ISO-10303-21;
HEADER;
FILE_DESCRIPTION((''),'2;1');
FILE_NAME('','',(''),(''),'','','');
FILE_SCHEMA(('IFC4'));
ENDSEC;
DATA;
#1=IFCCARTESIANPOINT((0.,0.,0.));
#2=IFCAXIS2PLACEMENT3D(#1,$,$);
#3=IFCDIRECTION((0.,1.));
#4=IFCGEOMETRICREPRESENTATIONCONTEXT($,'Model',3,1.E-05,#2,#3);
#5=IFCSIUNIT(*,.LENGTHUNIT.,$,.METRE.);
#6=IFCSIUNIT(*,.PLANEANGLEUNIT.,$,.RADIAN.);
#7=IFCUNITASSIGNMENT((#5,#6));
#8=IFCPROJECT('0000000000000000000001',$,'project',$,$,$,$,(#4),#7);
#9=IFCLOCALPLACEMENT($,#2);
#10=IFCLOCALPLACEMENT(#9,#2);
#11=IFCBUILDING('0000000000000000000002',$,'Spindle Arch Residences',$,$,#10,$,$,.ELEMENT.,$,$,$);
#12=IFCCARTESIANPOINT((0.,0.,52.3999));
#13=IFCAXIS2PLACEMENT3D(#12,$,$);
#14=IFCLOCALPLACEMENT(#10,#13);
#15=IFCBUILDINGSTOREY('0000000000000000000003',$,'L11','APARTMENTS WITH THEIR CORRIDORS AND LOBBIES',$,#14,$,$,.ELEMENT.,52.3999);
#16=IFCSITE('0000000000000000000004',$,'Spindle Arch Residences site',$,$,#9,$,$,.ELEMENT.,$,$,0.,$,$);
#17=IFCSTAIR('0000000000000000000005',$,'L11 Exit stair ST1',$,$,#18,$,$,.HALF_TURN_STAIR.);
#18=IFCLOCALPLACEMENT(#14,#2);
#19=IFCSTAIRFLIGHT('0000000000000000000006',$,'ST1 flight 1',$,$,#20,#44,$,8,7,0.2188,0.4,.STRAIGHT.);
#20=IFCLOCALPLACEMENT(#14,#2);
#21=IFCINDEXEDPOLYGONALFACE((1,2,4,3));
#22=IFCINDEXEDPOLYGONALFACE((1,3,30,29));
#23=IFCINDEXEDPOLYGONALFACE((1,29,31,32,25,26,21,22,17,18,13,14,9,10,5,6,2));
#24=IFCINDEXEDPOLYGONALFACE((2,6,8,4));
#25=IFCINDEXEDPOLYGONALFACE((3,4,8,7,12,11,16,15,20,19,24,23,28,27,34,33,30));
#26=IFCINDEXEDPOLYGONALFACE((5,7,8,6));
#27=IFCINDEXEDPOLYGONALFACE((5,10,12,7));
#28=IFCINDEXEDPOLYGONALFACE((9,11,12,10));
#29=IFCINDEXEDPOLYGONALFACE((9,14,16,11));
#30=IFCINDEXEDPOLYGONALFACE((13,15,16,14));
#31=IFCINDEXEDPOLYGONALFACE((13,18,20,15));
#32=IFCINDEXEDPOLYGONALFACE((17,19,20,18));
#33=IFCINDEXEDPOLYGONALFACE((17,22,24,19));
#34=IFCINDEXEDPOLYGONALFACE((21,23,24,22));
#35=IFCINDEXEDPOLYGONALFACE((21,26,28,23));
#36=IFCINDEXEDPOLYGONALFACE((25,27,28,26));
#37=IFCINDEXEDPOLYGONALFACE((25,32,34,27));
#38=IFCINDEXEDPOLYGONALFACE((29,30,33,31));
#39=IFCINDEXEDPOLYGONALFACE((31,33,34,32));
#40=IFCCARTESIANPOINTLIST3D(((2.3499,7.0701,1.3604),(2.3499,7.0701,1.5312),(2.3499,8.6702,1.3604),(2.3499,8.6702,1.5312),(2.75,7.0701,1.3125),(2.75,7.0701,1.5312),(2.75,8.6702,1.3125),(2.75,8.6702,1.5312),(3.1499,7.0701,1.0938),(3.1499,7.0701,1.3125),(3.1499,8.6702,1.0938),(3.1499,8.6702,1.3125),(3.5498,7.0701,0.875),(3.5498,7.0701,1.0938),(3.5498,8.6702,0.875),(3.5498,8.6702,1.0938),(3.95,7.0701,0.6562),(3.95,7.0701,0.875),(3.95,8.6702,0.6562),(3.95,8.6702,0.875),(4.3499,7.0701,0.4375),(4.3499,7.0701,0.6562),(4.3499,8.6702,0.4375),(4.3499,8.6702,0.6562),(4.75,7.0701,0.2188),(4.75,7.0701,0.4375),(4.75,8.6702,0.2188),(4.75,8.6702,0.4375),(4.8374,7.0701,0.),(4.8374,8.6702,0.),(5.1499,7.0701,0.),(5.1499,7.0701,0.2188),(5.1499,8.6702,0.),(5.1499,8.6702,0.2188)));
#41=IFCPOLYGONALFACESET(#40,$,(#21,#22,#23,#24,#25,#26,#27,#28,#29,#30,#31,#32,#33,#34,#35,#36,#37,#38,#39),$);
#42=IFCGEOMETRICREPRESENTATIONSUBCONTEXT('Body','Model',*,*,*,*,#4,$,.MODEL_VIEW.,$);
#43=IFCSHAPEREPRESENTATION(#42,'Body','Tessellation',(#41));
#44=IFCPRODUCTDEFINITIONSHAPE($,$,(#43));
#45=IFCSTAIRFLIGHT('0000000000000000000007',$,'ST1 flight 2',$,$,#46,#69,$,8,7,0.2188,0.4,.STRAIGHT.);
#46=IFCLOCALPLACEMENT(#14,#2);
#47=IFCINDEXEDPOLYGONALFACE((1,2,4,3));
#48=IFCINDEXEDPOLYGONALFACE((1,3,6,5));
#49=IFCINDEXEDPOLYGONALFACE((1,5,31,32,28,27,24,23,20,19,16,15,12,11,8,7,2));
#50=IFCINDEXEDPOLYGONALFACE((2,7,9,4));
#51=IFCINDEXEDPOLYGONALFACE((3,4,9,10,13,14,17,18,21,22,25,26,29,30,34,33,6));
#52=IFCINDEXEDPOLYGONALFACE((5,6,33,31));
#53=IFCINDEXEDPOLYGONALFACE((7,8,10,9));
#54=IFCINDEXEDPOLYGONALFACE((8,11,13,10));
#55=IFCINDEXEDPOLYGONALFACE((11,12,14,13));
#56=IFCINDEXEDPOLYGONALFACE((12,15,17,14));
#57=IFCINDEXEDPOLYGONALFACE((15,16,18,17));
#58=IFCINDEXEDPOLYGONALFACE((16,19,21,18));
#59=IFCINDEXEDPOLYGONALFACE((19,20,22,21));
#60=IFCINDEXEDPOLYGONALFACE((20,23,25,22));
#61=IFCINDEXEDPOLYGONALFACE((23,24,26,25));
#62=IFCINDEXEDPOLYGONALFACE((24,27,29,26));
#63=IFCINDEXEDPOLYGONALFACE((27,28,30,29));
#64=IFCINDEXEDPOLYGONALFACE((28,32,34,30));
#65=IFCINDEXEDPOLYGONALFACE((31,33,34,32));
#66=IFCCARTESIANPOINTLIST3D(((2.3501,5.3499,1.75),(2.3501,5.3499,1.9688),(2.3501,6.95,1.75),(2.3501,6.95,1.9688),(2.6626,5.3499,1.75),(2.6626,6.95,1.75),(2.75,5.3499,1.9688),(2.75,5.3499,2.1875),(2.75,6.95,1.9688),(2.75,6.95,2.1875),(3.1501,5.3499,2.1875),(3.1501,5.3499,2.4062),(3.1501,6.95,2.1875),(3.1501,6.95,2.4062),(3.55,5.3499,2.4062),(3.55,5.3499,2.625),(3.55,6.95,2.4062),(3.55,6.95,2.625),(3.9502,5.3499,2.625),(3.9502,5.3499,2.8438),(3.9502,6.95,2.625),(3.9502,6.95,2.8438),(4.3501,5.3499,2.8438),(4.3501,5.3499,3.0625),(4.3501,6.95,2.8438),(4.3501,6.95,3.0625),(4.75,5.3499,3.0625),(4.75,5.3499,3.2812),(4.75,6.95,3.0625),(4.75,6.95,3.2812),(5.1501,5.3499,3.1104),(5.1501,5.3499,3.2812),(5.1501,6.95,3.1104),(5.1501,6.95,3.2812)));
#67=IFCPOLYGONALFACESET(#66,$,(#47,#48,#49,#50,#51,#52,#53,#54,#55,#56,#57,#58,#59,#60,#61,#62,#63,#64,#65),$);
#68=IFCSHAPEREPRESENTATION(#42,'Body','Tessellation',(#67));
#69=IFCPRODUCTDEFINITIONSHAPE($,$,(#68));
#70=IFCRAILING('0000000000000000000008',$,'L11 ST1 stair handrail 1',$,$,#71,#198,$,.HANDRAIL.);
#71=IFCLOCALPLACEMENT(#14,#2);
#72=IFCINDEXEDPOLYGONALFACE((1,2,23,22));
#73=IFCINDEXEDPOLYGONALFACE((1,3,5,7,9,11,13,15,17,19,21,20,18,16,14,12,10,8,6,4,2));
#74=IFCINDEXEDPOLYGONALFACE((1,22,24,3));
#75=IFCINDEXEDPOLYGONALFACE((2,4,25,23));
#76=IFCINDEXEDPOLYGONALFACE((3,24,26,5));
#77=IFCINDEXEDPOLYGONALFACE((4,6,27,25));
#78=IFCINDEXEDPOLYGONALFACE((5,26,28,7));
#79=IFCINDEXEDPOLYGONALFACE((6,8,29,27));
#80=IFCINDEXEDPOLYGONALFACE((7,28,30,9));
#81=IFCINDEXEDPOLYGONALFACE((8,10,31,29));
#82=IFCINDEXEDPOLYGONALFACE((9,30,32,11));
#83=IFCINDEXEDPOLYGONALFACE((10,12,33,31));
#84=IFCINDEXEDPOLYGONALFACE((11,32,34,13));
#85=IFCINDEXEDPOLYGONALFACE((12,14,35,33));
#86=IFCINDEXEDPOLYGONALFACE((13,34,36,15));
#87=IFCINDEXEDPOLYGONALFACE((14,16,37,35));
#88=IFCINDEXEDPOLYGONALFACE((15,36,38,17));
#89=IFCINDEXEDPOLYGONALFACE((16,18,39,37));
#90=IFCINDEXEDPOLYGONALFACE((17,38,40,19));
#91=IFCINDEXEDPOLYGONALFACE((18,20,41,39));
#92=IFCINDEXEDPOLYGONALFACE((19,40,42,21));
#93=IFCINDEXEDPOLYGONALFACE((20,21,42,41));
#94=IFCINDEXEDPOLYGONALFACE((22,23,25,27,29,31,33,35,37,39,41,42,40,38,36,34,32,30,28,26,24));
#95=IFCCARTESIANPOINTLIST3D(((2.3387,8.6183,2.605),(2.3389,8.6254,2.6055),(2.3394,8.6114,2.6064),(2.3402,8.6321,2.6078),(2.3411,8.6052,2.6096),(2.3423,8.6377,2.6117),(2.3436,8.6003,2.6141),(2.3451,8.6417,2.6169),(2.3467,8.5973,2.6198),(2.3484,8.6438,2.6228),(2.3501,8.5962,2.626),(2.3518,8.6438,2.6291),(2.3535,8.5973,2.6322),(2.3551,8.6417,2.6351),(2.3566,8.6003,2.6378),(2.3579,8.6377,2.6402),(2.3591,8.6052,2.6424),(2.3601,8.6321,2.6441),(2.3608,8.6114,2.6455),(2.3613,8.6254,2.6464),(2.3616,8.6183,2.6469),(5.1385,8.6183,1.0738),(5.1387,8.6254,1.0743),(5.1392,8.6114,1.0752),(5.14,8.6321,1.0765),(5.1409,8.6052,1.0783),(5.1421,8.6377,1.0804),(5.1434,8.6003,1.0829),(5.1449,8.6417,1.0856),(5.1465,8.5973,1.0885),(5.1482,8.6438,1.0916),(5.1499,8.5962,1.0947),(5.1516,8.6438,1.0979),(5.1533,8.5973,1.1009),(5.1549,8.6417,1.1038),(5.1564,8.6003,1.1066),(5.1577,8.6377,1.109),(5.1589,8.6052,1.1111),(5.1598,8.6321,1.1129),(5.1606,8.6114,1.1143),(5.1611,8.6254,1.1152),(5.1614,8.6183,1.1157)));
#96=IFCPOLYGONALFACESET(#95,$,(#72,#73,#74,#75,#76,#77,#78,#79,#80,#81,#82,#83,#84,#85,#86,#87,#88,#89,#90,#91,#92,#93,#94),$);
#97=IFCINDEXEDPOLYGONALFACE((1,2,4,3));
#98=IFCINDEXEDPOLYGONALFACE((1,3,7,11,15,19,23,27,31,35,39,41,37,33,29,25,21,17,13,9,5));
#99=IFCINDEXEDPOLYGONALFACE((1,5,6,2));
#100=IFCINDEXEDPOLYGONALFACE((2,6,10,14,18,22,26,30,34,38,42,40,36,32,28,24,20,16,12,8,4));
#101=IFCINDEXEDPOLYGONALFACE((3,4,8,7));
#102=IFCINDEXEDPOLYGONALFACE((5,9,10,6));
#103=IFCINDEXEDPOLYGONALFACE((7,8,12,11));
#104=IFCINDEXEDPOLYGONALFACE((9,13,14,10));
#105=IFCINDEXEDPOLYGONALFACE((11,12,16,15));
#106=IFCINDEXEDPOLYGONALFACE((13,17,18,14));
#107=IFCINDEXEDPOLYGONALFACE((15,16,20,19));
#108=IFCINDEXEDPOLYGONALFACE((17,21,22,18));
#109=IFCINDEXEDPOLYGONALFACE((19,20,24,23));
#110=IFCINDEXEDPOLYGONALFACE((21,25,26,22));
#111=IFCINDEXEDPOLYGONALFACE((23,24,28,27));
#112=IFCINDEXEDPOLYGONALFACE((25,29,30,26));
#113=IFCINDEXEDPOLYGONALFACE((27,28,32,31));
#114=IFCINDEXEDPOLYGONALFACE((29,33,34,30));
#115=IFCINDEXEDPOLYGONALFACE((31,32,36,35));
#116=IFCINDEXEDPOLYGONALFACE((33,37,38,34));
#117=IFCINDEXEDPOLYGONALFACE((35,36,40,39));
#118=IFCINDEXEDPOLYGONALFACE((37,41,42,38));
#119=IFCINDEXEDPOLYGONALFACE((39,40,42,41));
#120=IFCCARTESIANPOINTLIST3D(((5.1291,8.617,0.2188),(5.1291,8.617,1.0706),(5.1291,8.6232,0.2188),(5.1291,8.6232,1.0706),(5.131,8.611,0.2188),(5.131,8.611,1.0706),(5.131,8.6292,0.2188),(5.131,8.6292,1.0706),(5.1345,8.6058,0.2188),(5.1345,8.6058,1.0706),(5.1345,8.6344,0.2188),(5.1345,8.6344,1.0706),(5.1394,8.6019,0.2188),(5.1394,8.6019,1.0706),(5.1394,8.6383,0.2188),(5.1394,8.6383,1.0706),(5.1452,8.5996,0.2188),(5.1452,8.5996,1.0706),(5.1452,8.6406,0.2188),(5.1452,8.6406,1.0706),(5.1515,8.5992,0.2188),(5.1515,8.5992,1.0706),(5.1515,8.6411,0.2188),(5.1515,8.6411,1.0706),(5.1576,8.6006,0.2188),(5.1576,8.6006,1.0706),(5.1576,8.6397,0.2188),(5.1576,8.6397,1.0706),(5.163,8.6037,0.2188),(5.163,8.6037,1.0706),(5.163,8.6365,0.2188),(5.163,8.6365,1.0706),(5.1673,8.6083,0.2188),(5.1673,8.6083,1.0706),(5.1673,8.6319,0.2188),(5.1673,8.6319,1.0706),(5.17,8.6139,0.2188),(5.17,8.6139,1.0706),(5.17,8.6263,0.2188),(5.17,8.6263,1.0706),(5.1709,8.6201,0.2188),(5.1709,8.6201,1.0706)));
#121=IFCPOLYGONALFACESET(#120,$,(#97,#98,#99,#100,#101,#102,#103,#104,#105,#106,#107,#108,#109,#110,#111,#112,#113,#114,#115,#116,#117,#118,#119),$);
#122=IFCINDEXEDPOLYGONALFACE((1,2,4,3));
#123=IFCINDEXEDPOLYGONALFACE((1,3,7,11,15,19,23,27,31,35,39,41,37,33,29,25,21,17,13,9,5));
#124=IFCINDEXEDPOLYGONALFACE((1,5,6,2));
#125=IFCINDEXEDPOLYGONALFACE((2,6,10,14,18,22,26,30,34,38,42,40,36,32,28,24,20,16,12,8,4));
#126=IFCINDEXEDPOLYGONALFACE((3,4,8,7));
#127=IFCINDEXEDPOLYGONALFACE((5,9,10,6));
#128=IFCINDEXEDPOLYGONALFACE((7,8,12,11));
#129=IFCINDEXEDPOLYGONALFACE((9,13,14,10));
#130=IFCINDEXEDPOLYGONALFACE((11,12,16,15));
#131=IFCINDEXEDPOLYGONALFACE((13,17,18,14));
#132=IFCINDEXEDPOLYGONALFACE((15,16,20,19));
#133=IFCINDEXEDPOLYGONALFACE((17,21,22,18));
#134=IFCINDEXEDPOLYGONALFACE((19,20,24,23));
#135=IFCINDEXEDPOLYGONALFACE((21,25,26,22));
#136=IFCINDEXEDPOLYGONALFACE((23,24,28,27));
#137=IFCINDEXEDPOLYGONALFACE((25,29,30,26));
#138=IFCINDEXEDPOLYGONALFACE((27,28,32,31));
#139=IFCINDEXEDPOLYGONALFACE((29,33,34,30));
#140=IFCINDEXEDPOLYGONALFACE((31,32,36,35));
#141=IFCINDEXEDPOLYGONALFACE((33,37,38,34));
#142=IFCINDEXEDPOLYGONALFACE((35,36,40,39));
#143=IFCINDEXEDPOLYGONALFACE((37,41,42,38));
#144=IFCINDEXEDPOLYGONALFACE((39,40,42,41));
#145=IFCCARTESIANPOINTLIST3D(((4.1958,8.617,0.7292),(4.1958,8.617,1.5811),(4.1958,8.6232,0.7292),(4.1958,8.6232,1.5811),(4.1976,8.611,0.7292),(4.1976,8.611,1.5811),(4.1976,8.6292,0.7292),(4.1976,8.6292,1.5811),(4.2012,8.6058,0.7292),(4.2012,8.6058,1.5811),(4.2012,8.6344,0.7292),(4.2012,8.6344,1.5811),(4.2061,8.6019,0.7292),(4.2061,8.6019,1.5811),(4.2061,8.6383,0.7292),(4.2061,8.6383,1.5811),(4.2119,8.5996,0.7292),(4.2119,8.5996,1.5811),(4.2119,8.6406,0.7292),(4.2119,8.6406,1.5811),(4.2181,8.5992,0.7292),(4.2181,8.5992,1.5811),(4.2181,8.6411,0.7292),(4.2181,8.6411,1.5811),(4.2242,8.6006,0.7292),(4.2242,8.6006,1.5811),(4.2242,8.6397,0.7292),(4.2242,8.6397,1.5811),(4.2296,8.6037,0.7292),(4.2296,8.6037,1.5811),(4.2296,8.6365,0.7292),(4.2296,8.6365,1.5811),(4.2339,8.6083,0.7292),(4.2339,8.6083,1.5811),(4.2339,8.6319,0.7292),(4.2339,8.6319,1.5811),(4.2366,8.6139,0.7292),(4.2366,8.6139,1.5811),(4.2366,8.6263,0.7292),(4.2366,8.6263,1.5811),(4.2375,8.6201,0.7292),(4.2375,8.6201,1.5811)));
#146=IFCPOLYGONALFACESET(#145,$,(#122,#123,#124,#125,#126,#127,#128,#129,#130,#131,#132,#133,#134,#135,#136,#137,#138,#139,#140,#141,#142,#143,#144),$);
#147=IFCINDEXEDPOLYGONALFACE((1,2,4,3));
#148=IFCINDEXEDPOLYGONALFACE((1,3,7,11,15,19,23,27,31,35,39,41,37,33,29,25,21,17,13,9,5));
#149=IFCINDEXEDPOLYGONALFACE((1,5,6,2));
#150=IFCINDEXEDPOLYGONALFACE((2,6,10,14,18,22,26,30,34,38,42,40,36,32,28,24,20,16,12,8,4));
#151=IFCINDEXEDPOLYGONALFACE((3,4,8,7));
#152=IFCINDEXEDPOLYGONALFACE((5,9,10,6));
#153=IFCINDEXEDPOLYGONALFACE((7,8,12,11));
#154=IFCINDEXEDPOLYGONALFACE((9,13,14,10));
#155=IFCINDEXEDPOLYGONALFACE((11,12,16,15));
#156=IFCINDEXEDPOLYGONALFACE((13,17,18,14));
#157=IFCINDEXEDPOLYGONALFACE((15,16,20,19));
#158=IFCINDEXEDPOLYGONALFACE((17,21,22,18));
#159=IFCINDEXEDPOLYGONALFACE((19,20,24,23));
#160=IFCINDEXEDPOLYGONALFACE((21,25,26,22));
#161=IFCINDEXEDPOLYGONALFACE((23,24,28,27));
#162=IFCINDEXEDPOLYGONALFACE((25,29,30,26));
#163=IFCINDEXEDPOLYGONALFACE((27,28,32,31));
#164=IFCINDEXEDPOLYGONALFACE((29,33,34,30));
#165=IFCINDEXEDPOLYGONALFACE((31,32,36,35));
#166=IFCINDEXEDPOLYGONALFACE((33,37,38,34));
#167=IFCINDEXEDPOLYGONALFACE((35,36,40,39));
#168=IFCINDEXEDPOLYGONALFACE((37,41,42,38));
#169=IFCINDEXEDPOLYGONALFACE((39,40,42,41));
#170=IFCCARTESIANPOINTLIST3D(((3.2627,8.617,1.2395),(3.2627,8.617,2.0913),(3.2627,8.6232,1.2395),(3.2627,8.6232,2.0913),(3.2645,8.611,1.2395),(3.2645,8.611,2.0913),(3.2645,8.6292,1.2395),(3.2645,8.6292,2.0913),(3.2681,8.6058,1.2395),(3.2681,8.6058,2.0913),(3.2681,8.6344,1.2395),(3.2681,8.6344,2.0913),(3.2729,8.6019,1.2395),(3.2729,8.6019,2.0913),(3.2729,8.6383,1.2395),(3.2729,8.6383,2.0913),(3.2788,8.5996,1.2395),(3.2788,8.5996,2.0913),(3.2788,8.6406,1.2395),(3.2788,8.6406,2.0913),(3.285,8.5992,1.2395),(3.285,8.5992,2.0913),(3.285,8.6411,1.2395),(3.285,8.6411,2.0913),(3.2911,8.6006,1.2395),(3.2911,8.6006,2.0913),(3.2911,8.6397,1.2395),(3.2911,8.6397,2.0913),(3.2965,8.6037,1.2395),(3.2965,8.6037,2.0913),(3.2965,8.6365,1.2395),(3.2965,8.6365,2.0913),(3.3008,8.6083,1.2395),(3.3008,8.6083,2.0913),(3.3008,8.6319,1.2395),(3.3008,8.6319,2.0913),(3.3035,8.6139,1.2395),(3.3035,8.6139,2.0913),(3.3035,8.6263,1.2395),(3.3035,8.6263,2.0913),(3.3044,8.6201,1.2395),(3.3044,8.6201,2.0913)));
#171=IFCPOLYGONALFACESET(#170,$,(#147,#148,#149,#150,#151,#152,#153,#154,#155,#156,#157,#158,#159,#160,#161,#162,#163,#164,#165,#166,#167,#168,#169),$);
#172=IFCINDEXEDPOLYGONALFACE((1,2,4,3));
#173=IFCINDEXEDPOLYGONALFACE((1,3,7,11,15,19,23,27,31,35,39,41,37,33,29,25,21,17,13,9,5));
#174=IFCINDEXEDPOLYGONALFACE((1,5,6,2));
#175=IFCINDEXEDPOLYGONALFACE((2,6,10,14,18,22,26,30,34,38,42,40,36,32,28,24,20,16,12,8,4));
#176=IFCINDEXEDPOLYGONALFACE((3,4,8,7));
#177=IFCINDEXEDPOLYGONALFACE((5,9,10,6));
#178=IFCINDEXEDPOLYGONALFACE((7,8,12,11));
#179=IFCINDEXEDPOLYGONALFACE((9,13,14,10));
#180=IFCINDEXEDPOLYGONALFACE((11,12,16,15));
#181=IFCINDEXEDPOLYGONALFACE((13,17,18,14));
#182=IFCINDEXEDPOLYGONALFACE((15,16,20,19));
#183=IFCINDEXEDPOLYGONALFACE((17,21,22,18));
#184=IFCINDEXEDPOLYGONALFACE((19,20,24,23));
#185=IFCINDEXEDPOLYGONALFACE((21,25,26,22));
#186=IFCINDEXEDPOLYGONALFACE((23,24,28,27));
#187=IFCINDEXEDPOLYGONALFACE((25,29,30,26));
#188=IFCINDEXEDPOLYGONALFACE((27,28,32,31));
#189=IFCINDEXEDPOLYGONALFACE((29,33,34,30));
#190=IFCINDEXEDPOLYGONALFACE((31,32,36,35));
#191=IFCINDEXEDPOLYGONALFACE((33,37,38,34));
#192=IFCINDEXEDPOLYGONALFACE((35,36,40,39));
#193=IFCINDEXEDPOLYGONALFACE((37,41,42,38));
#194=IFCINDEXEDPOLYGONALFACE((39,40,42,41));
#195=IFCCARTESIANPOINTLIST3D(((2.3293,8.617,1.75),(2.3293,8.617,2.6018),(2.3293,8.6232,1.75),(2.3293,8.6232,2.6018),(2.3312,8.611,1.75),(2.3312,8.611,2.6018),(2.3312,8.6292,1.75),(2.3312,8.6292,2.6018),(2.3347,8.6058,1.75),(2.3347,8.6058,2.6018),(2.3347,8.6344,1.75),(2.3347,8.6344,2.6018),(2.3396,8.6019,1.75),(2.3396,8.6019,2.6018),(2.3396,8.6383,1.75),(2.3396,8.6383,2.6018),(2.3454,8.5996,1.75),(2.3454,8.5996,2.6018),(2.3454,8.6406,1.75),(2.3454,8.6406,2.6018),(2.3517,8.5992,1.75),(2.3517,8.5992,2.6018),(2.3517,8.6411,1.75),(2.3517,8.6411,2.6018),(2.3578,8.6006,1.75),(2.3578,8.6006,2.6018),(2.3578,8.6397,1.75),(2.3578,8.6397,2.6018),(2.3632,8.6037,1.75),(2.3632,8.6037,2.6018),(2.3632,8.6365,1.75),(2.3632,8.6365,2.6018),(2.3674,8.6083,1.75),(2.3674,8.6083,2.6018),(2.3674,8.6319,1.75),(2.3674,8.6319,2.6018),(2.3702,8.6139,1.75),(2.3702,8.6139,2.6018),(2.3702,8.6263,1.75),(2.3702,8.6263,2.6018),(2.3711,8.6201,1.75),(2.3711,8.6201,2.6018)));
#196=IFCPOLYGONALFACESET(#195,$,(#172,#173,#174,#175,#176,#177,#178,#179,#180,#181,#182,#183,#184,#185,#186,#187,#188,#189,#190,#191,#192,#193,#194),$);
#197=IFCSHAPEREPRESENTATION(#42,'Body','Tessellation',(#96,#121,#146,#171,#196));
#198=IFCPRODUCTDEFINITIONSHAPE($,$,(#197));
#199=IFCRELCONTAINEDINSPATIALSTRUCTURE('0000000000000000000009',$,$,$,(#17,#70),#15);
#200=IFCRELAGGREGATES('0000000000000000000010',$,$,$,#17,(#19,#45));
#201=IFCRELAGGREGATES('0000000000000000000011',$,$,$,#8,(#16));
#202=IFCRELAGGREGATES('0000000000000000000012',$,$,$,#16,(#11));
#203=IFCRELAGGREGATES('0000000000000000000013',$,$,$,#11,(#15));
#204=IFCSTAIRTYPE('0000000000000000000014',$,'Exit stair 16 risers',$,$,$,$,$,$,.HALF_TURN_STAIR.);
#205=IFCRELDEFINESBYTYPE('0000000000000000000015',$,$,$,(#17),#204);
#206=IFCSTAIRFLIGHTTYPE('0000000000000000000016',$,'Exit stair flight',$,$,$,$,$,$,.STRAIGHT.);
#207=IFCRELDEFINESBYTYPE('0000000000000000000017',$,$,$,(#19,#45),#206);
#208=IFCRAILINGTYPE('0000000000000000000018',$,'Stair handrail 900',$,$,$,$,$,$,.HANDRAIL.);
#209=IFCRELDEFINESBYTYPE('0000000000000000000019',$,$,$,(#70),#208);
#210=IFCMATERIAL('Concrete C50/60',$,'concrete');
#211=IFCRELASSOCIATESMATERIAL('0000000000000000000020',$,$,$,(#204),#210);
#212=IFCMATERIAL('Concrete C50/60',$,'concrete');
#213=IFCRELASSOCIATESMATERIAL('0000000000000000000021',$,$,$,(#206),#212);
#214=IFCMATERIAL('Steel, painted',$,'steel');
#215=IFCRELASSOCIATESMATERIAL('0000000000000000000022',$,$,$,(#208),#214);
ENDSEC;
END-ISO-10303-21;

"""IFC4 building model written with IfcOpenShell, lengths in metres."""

from ifc_helpers import new_model, si_unit, direction, frame, origin, origin_2d, place, context, subcontext, project, spatial, polyline, circle, outline, extrude, material, type_object, element, aggregate, save


model = new_model("IFC4")

# Units and contexts
model_context = context("Model", 3, precision=1e-05, world=origin(), true_north=direction((0.0, 1.0)))
body_context = subcontext(model_context, "Body", "Model", "MODEL_VIEW")
ifc_project = project(units=[si_unit("LENGTHUNIT", "METRE"), si_unit("PLANEANGLEUNIT", "RADIAN")], contexts=[model_context])

# Site, building, storey
site_placement = place(None, origin())
site = spatial("IfcSite", under=ifc_project, at=site_placement, Name="Spindle Arch Residences site", CompositionType="ELEMENT", RefElevation=0.0)
building_placement = place(site_placement, origin())
building = spatial("IfcBuilding", under=site, at=building_placement, Name="Spindle Arch Residences", CompositionType="ELEMENT")
storey_placement = place(building_placement, frame((0.0, 0.0, 52.3999)))
storey = spatial("IfcBuildingStorey", under=building, at=storey_placement, Name="L11", Description="APARTMENTS WITH THEIR CORRIDORS AND LOBBIES", CompositionType="ELEMENT", Elevation=52.3999)

# Shared definitions
ifc_material_1 = material(Name="Concrete C50/60", Category="concrete")
stair_type = type_object("IfcStairType", Name="Exit stair 16 risers", PredefinedType="HALF_TURN_STAIR", material=ifc_material_1)

# Stair, stair flights
stair_1_placement = place(storey_placement, origin())
stair_1 = element("IfcStair", 1, at=stair_1_placement, inside=storey, type_object=stair_type, Name="L11 Exit stair ST1", PredefinedType="HALF_TURN_STAIR")
ifc_material_2 = material(Name="Concrete C50/60", Category="concrete")
stair_flight_type = type_object("IfcStairFlightType", Name="Exit stair flight", PredefinedType="STRAIGHT", material=ifc_material_2)
stair_flight_1_placement = place(storey_placement, frame((5.1499, 7.8701, 0.0), z_axis=(0.0, 0.0, 1.0), x_axis=(-1.0, 0.0, 0.0)))
stair_flight_1 = element("IfcStairFlight", 2, at=stair_flight_1_placement, type_object=stair_flight_type, Name="ST1 flight 1", NumberOfRisers=8, NumberOfTreads=7, PredefinedType="STRAIGHT", RiserHeight=0.2188, TreadLength=0.4, context=body_context, shape_type="SweptSolid", body=[
    extrude(outline(polyline([(0.0, 0.0), (0.0, 0.2188), (0.3999, 0.2188), (0.3999, 0.4375), (0.8, 0.4375), (0.8, 0.6562), (1.2, 0.6562), (1.2, 0.875), (1.6001, 0.875), (1.6001, 1.0938), (2.0, 1.0938), (2.0, 1.3125), (2.3999, 1.3125), (2.3999, 1.5312), (2.8, 1.5312), (2.8, 1.75), (2.8, 1.3604), (0.3125, 0.0), (0.0, 0.0)])), frame((0.0, 0.8, 0.0), z_axis=(0.0, -1.0, 0.0), x_axis=(1.0, 0.0, 0.0)), (0.0, 0.0, 1.0), 1.6001),
])
stair_flight_2_placement = place(storey_placement, frame((2.3501, 6.1499, 1.75), z_axis=(0.0, 0.0, 1.0), x_axis=(1.0, 0.0, 0.0)))
stair_flight_2 = element("IfcStairFlight", 3, at=stair_flight_2_placement, type_object=stair_flight_type, Name="ST1 flight 2", NumberOfRisers=8, NumberOfTreads=7, PredefinedType="STRAIGHT", RiserHeight=0.2188, TreadLength=0.4, context=body_context, shape_type="SweptSolid", body=[
    extrude(outline(polyline([(0.0, 0.0), (0.0, 0.2188), (0.3999, 0.2188), (0.3999, 0.4375), (0.8, 0.4375), (0.8, 0.6562), (1.2, 0.6562), (1.2, 0.875), (1.6001, 0.875), (1.6001, 1.0938), (2.0, 1.0938), (2.0, 1.3125), (2.3999, 1.3125), (2.3999, 1.5312), (2.8, 1.5312), (2.8, 1.75), (2.8, 1.3604), (0.3125, 0.0), (0.0, 0.0)])), frame((0.0, 0.8, 0.0), z_axis=(0.0, -1.0, 0.0), x_axis=(1.0, 0.0, 0.0)), (0.0, 0.0, 1.0), 1.6001),
])
aggregate(stair_1, [stair_flight_1, stair_flight_2])

# Railing
ifc_material_3 = material(Name="Steel, painted", Category="steel")
railing_type_1 = type_object("IfcRailingType", Name="Stair handrail 900", PredefinedType="HANDRAIL", material=ifc_material_3)
railing_1_placement = place(storey_placement, frame((5.1499, 8.6201, 0.2188)))
element("IfcRailing", 4, at=railing_1_placement, inside=storey, type_object=railing_type_1, Name="L11 ST1 stair handrail 1", PredefinedType="HANDRAIL", context=body_context, shape_type="SweptSolid", body=[
    extrude(circle(Radius=0.0239, at=origin_2d()), frame((0.0, 0.0, 0.876), z_axis=(-0.877357, 0.0, 0.479838), x_axis=(0.0, -1.0, 0.0)), (0.0, 0.0, 1.0), 3.1912),
    extrude(circle(Radius=0.021, at=origin_2d()), origin(), (0.0, 0.0, 1.0), 0.8518),
    extrude(circle(Radius=0.021, at=origin_2d()), frame((-0.9333, 0.0, 0.5105)), (0.0, 0.0, 1.0), 0.8518),
    extrude(circle(Radius=0.021, at=origin_2d()), frame((-1.8665, 0.0, 1.0208)), (0.0, 0.0, 1.0), 0.8518),
    extrude(circle(Radius=0.021, at=origin_2d()), frame((-2.7998, 0.0, 1.5312)), (0.0, 0.0, 1.0), 0.8518),
])

save(model, "model.ifc")
